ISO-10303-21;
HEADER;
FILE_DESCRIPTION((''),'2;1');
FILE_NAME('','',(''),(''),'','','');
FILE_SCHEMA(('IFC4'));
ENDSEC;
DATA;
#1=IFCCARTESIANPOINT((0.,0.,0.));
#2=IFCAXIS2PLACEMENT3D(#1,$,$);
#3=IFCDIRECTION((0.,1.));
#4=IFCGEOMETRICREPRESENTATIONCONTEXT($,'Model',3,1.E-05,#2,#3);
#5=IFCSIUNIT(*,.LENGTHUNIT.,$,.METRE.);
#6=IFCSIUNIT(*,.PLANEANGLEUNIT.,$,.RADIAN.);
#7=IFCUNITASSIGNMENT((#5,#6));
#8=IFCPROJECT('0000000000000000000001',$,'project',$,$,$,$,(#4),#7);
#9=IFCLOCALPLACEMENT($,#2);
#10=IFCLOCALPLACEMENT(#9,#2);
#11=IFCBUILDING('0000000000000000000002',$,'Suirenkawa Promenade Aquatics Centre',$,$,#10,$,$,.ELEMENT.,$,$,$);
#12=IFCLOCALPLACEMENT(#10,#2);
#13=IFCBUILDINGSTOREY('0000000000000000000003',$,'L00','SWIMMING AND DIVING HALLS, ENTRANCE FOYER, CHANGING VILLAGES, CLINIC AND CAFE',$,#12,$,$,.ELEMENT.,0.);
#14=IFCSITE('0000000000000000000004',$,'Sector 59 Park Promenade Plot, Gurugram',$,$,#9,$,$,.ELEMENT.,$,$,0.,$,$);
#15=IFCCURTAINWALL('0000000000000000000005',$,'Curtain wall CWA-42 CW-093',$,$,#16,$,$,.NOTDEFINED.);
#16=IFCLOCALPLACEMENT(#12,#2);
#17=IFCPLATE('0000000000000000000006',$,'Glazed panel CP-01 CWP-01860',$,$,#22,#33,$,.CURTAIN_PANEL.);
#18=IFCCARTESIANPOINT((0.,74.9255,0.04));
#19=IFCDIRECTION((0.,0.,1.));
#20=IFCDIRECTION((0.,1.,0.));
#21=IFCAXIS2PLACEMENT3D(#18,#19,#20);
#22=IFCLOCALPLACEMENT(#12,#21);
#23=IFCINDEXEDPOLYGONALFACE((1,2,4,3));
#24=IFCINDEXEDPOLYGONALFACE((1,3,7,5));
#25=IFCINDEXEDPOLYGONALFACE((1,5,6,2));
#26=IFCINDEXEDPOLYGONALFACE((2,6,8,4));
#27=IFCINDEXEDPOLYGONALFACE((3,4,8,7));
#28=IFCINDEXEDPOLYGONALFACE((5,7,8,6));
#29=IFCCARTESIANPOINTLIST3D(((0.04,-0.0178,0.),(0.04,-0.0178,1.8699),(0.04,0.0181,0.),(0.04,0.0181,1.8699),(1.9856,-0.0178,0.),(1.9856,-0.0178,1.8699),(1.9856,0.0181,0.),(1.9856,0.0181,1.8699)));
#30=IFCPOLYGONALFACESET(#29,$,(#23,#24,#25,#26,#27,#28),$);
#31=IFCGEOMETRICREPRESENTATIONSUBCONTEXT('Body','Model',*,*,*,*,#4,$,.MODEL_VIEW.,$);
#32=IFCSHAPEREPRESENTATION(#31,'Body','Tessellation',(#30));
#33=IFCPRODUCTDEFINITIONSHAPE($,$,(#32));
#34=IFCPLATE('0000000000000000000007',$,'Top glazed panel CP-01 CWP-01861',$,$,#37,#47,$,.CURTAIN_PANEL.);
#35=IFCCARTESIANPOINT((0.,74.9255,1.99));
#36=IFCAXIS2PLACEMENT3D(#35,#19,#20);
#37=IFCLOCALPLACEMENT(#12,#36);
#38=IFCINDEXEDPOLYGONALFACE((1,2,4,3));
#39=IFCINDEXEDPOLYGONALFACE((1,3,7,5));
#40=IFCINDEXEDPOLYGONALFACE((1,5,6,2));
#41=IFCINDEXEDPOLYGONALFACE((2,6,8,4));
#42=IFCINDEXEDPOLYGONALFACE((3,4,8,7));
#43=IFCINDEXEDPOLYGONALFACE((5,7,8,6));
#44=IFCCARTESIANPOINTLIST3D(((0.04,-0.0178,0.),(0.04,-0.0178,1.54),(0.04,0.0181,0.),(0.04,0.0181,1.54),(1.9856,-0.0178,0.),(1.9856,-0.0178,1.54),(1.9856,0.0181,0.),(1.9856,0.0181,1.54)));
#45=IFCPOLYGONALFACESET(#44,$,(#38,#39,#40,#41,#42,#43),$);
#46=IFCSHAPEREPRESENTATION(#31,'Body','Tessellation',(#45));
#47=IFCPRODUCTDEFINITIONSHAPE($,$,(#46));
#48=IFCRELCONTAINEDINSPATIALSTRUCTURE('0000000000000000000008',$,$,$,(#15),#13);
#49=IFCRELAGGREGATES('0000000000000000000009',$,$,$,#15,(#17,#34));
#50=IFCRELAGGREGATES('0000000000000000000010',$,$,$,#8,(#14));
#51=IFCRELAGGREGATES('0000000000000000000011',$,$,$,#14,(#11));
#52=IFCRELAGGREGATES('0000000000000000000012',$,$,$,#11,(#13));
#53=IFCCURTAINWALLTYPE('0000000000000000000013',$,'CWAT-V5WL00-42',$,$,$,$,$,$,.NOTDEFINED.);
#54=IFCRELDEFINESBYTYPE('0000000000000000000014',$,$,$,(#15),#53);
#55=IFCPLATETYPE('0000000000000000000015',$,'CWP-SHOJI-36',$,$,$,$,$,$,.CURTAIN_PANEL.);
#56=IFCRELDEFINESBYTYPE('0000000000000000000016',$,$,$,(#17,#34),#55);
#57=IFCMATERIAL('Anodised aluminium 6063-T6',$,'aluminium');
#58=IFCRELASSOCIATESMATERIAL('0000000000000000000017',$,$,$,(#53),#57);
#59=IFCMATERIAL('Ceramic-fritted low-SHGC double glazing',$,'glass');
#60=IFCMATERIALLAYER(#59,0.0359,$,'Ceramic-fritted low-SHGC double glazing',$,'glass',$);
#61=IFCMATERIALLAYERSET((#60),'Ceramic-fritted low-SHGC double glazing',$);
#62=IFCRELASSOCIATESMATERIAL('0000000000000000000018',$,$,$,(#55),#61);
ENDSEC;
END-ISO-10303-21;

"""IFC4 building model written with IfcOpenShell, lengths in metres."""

from ifc_helpers import new_model, si_unit, direction, frame, origin, place, context, subcontext, project, spatial, polyline, outline, extrude, material, layer, layer_set, type_object, element, aggregate, save


model = new_model("IFC4")

# Units and contexts
model_context = context("Model", 3, precision=1e-05, world=origin(), true_north=direction((0.0, 1.0)))
body_context = subcontext(model_context, "Body", "Model", "MODEL_VIEW")
ifc_project = project(units=[si_unit("LENGTHUNIT", "METRE"), si_unit("PLANEANGLEUNIT", "RADIAN")], contexts=[model_context])

# Site, building, storey
site_placement = place(None, origin())
site = spatial("IfcSite", under=ifc_project, at=site_placement, Name="Sector 59 Park Promenade Plot, Gurugram", CompositionType="ELEMENT", RefElevation=0.0)
building_placement = place(site_placement, origin())
building = spatial("IfcBuilding", under=site, at=building_placement, Name="Suirenkawa Promenade Aquatics Centre", CompositionType="ELEMENT")
storey_placement = place(building_placement, origin())
storey = spatial("IfcBuildingStorey", under=building, at=storey_placement, Name="L00", Description="SWIMMING AND DIVING HALLS, ENTRANCE FOYER, CHANGING VILLAGES, CLINIC AND CAFE", CompositionType="ELEMENT", Elevation=0.0)

# Curtain wall, plates
ifc_material_1 = material(Name="Anodised aluminium 6063-T6", Category="aluminium")
curtain_wall_type = type_object("IfcCurtainWallType", Name="CWAT-V5WL00-42", PredefinedType="NOTDEFINED", material=ifc_material_1)
curtain_wall_placement = place(storey_placement, origin())
curtain_wall = element("IfcCurtainWall", 1, at=curtain_wall_placement, inside=storey, type_object=curtain_wall_type, Name="Curtain wall CWA-42 CW-093", PredefinedType="NOTDEFINED")
ifc_material_2 = material(Name="Ceramic-fritted low-SHGC double glazing", Category="glass")
ifc_layer_1 = layer(ifc_material_2, 0.0359, Name="Ceramic-fritted low-SHGC double glazing", Category="glass")
ifc_layer_set_1 = layer_set([ifc_layer_1], Name="Ceramic-fritted low-SHGC double glazing")
plate_type = type_object("IfcPlateType", Name="CWP-SHOJI-36", PredefinedType="CURTAIN_PANEL", material=ifc_layer_set_1)
plate_1_placement = place(storey_placement, frame((0.0, 74.9255, 0.04), z_axis=(0.0, 0.0, 1.0), x_axis=(0.0, 1.0, 0.0)))
plate_1 = element("IfcPlate", 2, at=plate_1_placement, type_object=plate_type, Name="Glazed panel CP-01 CWP-01860", PredefinedType="CURTAIN_PANEL", context=body_context, shape_type="SweptSolid", body=[
    extrude(outline(polyline([(0.04, 0.0), (1.9856, 0.0), (1.9856, 1.8699), (0.04, 1.8699), (0.04, 0.0)])), frame((0.0, 0.0181, 0.0), z_axis=(0.0, -1.0, 0.0), x_axis=(1.0, 0.0, 0.0)), (0.0, 0.0, 1.0), 0.0359),
])
plate_2_placement = place(storey_placement, frame((0.0, 74.9255, 1.99), z_axis=(0.0, 0.0, 1.0), x_axis=(0.0, 1.0, 0.0)))
plate_2 = element("IfcPlate", 3, at=plate_2_placement, type_object=plate_type, Name="Top glazed panel CP-01 CWP-01861", PredefinedType="CURTAIN_PANEL", context=body_context, shape_type="SweptSolid", body=[
    extrude(outline(polyline([(0.04, 0.0), (1.9856, 0.0), (1.9856, 1.54), (0.04, 1.54), (0.04, 0.0)])), frame((0.0, 0.0181, 0.0), z_axis=(0.0, -1.0, 0.0), x_axis=(1.0, 0.0, 0.0)), (0.0, 0.0, 1.0), 0.0359),
])
aggregate(curtain_wall, [plate_1, plate_2])

save(model, "model.ifc")
